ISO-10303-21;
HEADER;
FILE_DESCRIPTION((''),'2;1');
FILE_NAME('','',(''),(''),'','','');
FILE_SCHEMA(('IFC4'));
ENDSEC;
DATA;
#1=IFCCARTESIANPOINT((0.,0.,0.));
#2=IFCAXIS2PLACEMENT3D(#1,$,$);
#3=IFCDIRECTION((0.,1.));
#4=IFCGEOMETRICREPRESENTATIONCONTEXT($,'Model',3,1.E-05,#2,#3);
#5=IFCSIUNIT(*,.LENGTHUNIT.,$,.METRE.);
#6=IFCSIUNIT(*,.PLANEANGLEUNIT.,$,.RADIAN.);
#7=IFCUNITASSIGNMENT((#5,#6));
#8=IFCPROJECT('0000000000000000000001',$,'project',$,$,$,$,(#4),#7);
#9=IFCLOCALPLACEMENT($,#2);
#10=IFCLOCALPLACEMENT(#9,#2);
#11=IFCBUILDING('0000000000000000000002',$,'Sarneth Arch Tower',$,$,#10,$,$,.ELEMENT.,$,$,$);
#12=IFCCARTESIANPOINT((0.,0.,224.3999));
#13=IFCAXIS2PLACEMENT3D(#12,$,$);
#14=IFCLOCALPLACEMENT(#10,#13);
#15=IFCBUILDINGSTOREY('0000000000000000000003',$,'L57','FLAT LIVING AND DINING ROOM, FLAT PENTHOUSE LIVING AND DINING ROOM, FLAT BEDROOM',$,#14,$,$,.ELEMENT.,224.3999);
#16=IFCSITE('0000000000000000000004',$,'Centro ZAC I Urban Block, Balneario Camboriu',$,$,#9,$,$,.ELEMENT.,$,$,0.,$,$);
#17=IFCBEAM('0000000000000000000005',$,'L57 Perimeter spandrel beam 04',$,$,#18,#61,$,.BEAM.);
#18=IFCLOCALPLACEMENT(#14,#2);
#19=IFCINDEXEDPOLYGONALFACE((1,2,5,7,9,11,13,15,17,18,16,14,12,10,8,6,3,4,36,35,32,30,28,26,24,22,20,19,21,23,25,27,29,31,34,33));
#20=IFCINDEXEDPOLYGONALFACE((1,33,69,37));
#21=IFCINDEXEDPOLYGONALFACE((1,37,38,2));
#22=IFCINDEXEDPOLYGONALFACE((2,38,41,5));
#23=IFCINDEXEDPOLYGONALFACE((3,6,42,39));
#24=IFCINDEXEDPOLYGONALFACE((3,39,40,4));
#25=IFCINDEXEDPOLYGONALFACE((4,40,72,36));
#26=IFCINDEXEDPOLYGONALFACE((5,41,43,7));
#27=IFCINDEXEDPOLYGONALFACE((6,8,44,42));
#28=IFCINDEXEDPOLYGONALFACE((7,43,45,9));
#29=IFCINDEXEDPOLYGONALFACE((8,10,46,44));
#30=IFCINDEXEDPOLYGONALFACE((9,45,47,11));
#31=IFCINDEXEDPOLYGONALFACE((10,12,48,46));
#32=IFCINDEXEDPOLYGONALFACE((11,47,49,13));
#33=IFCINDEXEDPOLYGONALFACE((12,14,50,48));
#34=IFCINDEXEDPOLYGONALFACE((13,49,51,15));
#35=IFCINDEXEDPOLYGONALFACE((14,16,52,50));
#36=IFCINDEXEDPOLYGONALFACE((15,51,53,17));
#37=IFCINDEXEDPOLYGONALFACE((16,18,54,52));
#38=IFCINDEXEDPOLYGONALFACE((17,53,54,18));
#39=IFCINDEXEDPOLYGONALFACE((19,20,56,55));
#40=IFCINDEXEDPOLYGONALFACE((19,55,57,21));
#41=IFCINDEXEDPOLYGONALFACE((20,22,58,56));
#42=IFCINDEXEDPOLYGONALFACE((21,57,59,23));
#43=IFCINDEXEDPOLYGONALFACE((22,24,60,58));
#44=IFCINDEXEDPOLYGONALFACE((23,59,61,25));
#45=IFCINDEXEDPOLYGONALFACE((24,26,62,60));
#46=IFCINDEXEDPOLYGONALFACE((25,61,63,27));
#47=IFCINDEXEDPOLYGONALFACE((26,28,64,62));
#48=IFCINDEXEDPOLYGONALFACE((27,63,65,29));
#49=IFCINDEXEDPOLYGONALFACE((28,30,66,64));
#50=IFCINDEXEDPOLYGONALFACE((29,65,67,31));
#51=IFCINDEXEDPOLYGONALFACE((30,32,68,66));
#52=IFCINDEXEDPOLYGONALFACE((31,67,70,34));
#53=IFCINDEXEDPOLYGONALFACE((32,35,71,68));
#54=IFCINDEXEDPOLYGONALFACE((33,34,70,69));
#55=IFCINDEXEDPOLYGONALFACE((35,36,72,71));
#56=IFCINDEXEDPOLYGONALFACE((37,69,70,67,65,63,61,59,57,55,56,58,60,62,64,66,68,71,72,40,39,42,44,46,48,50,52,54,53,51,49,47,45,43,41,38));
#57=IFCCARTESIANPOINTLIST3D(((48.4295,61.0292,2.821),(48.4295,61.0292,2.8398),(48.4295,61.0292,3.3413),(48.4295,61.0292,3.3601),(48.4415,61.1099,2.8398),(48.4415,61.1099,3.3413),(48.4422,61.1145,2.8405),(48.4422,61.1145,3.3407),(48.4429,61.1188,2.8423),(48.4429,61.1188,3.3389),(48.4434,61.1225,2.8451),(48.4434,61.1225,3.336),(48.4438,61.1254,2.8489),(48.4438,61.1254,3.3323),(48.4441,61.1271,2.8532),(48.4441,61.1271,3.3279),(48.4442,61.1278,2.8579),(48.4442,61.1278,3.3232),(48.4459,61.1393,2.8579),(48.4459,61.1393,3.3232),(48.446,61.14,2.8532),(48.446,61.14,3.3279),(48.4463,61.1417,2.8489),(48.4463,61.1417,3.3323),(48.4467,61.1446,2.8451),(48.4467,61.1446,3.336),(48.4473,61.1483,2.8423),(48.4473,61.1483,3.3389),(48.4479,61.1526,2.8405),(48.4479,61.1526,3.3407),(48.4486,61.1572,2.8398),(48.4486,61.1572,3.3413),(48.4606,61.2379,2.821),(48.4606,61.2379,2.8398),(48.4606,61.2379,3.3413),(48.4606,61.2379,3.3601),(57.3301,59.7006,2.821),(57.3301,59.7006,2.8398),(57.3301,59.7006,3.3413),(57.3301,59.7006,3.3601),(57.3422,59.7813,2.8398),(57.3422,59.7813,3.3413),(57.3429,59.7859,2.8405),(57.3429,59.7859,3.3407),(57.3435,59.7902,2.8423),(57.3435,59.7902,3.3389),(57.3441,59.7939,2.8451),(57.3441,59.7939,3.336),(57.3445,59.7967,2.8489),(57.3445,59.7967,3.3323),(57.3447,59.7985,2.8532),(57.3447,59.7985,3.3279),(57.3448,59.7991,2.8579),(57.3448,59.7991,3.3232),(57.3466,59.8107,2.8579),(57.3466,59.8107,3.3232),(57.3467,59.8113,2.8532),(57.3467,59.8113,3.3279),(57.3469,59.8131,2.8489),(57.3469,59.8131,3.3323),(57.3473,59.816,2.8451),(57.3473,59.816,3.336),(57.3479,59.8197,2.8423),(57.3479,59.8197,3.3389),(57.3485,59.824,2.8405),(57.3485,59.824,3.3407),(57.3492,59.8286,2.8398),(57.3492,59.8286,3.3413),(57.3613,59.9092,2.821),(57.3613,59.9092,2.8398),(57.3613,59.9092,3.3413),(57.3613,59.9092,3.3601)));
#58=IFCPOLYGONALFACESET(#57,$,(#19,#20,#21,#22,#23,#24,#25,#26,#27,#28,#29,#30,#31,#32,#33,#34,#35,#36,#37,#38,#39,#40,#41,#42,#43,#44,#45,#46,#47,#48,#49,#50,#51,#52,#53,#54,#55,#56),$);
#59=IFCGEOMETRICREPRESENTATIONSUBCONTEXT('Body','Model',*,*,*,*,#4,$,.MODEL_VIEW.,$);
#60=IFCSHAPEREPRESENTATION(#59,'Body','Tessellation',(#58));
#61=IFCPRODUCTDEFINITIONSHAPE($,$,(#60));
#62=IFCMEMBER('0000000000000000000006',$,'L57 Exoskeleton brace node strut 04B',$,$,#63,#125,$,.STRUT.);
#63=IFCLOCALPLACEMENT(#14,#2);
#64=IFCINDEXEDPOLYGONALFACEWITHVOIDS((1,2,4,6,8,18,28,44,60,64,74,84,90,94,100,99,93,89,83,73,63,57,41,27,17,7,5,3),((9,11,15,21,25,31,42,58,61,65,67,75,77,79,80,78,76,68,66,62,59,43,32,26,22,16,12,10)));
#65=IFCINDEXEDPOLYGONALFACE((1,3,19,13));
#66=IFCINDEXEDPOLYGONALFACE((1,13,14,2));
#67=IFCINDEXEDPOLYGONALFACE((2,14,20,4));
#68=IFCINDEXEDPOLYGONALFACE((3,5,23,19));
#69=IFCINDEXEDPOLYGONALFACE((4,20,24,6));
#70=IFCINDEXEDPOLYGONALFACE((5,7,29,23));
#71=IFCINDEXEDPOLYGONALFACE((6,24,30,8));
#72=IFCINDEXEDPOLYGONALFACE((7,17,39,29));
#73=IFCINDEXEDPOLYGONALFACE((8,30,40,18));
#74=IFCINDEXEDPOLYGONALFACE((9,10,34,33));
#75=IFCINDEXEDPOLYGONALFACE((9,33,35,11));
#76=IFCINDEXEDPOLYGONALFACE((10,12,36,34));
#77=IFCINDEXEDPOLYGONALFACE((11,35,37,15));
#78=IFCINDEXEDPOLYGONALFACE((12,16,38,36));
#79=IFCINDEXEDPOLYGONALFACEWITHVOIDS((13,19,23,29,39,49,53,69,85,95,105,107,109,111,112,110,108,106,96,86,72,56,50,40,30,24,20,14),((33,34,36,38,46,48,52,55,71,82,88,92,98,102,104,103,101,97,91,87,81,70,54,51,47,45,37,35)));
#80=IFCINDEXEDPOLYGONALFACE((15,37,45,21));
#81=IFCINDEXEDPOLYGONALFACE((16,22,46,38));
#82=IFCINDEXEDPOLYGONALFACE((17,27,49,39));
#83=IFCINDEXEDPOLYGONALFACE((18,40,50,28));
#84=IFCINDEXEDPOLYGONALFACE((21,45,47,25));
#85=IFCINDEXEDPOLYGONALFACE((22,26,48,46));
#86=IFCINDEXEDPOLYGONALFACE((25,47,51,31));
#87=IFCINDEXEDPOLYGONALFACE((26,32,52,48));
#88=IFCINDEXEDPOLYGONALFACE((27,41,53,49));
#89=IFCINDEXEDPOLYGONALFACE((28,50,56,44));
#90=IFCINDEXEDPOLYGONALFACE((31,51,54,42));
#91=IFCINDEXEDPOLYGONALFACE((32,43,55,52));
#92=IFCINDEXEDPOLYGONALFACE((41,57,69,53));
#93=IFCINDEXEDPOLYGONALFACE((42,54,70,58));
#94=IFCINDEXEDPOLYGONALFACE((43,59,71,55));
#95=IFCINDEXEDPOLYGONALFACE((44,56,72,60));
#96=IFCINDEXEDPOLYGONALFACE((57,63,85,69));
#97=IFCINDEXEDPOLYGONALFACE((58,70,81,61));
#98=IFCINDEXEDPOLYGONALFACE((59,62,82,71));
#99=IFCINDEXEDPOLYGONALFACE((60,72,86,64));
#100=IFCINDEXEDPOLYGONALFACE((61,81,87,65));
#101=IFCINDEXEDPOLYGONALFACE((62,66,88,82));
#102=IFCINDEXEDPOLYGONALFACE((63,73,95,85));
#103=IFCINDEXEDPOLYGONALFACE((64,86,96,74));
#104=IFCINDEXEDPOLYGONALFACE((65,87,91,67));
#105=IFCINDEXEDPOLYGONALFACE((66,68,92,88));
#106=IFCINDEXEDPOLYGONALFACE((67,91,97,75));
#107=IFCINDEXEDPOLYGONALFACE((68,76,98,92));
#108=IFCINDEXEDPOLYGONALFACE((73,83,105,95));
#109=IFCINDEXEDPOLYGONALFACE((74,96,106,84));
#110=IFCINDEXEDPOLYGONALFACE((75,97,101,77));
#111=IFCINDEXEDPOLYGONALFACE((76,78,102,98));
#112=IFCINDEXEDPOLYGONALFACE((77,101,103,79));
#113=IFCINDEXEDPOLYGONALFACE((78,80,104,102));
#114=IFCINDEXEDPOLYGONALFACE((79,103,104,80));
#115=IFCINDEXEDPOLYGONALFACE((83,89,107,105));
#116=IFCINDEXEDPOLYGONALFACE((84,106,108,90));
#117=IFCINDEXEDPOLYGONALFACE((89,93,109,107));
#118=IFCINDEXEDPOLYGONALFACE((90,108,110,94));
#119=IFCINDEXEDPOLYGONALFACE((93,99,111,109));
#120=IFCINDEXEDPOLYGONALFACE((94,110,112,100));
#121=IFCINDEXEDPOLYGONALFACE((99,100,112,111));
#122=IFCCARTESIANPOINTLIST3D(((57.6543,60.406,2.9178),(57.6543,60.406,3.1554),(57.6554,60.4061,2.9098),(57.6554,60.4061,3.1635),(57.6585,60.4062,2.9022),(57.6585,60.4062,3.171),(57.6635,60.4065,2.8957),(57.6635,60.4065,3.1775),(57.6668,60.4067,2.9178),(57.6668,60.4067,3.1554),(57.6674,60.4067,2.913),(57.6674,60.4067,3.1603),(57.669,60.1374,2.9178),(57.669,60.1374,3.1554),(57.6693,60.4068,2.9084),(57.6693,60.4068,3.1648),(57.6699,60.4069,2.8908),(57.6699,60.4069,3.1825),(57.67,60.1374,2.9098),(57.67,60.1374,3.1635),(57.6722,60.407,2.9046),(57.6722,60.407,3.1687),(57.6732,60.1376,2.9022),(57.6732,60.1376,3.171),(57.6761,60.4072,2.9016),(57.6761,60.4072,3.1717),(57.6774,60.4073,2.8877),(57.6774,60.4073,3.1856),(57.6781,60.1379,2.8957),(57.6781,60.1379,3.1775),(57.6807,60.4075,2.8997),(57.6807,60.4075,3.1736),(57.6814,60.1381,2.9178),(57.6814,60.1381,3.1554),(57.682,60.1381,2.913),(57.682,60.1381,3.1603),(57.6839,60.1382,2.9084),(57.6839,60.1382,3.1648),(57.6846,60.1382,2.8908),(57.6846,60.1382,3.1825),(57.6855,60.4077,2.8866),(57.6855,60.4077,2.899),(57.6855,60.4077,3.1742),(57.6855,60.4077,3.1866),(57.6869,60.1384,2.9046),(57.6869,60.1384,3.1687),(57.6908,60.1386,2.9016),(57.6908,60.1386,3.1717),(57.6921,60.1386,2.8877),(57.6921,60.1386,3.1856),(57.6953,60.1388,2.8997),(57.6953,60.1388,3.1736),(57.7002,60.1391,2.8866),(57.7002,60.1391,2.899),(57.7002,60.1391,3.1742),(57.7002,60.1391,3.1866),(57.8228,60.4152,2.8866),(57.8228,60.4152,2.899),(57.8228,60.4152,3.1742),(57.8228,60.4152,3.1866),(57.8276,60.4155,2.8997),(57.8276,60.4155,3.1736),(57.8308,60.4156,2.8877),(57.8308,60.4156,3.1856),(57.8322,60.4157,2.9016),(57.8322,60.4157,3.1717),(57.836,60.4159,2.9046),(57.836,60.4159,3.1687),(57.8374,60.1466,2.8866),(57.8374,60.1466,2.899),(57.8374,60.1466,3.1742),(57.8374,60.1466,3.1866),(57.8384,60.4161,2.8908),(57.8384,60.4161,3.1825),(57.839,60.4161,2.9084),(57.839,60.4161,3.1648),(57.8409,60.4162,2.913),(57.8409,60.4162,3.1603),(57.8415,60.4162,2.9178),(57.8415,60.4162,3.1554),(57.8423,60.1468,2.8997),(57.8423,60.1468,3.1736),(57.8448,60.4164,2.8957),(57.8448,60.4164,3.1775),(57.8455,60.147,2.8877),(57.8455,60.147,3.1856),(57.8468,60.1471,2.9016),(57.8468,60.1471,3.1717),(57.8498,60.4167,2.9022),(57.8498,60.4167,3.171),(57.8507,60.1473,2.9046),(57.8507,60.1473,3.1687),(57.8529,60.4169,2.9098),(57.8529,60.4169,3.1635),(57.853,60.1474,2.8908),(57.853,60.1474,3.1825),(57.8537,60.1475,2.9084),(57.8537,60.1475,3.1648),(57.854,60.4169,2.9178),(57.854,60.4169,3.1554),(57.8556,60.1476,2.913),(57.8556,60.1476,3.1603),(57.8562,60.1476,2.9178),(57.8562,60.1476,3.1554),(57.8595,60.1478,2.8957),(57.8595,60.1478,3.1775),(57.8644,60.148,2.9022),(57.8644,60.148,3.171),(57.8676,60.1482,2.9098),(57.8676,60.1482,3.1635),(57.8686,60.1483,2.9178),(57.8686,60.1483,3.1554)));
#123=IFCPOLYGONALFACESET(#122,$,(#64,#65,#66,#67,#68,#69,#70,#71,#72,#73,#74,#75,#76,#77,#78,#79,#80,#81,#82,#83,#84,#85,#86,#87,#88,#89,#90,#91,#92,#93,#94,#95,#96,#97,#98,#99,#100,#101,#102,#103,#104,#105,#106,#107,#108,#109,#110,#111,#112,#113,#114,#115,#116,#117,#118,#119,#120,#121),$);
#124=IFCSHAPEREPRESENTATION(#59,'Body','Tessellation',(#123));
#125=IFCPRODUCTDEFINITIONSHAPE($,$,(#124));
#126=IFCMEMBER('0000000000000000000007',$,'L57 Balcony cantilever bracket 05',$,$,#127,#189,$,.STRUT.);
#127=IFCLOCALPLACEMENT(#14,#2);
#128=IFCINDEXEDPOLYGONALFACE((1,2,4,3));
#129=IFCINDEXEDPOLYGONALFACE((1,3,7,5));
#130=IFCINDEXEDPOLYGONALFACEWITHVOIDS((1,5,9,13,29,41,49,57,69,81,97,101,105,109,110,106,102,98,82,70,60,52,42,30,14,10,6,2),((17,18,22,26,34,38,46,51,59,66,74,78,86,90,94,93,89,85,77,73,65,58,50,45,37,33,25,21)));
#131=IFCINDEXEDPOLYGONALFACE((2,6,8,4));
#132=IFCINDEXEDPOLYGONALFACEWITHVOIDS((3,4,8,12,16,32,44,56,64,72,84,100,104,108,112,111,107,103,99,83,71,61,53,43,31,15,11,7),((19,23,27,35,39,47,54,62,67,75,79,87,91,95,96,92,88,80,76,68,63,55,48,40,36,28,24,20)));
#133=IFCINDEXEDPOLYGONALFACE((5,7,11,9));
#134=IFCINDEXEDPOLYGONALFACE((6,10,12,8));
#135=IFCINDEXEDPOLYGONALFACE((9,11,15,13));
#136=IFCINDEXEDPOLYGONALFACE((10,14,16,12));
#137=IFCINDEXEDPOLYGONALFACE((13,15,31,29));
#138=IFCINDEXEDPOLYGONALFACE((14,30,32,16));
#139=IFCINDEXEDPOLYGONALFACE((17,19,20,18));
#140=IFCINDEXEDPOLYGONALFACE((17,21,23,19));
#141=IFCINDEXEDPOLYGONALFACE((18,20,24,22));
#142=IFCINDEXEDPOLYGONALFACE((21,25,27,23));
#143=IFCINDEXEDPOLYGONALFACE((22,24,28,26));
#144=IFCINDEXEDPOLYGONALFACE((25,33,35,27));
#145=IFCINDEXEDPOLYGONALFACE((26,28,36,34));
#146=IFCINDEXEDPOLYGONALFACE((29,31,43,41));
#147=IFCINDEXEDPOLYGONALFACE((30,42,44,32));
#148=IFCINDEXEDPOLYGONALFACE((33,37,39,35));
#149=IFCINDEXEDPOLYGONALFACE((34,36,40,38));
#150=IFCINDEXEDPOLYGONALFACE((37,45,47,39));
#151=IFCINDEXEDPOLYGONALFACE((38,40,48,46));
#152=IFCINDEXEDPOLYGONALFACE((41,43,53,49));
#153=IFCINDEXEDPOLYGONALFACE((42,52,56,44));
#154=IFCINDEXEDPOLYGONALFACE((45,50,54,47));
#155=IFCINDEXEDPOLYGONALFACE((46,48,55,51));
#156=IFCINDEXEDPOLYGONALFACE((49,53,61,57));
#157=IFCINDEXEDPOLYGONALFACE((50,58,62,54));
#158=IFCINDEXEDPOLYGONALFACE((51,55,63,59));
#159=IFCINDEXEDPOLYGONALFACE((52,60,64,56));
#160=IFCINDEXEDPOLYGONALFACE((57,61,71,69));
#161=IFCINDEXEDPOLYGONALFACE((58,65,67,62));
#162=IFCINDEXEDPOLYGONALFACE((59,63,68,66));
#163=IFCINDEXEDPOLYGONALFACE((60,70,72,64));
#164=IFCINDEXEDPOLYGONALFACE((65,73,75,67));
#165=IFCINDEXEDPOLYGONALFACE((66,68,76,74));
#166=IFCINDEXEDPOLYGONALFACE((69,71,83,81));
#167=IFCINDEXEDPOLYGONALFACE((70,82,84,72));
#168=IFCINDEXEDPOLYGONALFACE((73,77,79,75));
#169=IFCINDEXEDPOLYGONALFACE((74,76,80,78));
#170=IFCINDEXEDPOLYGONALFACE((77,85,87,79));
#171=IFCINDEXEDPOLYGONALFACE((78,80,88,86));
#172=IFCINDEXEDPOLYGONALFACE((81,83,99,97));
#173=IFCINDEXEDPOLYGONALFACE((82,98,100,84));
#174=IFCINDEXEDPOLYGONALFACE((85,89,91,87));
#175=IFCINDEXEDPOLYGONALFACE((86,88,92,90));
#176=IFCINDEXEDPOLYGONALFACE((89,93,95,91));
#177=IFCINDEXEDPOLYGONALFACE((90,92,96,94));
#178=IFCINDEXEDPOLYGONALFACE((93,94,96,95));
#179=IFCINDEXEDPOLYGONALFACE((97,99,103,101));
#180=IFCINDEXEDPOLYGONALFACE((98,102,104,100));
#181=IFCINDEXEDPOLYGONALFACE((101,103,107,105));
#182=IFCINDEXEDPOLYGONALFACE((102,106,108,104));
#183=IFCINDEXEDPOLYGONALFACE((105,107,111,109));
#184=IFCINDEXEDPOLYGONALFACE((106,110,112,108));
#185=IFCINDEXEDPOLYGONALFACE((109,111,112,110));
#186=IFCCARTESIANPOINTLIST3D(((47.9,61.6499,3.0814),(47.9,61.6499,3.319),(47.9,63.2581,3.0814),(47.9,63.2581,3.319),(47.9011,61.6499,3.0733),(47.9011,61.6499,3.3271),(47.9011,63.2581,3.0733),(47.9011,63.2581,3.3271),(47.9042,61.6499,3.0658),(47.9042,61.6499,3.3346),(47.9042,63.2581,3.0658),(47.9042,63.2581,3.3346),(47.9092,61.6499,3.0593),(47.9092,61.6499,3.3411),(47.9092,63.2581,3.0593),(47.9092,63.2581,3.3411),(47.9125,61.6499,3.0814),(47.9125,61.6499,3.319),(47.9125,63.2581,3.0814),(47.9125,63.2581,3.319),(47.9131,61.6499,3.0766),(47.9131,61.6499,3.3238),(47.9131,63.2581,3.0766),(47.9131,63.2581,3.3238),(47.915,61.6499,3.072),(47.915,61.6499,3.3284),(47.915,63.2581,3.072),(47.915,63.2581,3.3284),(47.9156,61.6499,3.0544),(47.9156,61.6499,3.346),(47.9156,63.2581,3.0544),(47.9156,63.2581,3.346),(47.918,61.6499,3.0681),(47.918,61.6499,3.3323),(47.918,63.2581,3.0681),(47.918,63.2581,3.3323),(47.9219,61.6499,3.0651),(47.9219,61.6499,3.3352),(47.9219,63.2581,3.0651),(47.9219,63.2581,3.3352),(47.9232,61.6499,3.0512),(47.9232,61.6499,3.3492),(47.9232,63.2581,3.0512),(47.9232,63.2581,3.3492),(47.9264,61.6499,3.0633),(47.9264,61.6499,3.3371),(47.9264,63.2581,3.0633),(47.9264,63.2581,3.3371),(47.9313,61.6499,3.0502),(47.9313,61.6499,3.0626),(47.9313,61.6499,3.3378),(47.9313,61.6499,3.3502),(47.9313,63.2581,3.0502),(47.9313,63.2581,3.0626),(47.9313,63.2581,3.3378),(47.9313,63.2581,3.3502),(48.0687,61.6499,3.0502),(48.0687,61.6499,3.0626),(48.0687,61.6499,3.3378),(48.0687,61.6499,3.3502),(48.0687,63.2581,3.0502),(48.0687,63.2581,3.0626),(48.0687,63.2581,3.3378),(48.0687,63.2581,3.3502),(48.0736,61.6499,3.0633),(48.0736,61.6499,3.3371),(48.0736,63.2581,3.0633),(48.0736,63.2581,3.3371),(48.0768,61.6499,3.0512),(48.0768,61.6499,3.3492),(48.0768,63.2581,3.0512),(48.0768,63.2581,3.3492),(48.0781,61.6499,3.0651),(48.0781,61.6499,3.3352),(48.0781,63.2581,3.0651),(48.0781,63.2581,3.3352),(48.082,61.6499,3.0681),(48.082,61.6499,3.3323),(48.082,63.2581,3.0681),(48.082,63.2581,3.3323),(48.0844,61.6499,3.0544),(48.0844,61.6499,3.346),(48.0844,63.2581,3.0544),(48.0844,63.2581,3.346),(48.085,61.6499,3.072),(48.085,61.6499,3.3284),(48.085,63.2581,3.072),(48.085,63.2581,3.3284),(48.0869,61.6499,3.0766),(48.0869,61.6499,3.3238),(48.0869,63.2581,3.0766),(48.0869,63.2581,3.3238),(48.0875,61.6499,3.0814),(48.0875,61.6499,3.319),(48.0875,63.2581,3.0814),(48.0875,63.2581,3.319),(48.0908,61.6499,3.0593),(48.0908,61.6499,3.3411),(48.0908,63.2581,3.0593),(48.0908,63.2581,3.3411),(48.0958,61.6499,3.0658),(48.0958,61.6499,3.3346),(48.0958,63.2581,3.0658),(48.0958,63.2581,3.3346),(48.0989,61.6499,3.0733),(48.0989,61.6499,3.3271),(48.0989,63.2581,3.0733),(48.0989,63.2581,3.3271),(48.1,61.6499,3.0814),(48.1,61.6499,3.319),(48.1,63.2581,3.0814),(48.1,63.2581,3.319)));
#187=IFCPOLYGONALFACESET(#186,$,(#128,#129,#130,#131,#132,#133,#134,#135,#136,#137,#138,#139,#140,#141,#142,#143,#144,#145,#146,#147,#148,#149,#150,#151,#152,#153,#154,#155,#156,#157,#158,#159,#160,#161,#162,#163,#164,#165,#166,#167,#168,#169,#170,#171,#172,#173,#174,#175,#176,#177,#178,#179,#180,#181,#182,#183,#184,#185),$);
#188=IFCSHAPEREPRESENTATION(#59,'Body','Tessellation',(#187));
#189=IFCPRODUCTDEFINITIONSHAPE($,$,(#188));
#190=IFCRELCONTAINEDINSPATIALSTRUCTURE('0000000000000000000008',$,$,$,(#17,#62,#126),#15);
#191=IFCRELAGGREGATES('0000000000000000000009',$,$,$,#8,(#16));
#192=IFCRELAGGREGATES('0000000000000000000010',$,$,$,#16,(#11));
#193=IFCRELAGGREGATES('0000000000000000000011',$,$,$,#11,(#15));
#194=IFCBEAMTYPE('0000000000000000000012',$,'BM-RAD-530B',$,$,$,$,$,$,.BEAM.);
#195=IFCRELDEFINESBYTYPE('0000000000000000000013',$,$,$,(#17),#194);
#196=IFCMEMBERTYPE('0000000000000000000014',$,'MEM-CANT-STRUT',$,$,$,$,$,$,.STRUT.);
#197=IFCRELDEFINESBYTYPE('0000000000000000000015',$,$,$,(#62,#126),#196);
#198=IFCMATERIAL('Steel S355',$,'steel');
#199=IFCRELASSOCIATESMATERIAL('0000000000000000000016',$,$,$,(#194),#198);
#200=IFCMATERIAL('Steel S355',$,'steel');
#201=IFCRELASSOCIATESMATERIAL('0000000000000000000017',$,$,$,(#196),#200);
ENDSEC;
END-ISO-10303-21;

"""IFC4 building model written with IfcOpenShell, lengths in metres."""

from ifc_helpers import new_model, si_unit, direction, frame, origin, origin_2d, place, context, subcontext, project, spatial, hollow_rectangle, i_section, extrude, material, material_profile, profile_set, type_object, element, save


model = new_model("IFC4")

# Units and contexts
model_context = context("Model", 3, precision=1e-05, world=origin(), true_north=direction((0.0, 1.0)))
body_context = subcontext(model_context, "Body", "Model", "MODEL_VIEW")
ifc_project = project(units=[si_unit("LENGTHUNIT", "METRE"), si_unit("PLANEANGLEUNIT", "RADIAN")], contexts=[model_context])

# Site, building, storey
site_placement = place(None, origin())
site = spatial("IfcSite", under=ifc_project, at=site_placement, Name="Centro ZAC I Urban Block, Balneario Camboriu", CompositionType="ELEMENT", RefElevation=0.0)
building_placement = place(site_placement, origin())
building = spatial("IfcBuilding", under=site, at=building_placement, Name="Sarneth Arch Tower", CompositionType="ELEMENT")
storey_placement = place(building_placement, frame((0.0, 0.0, 224.3999)))
storey = spatial("IfcBuildingStorey", under=building, at=storey_placement, Name="L57", Description="FLAT LIVING AND DINING ROOM, FLAT PENTHOUSE LIVING AND DINING ROOM, FLAT BEDROOM", CompositionType="ELEMENT", Elevation=224.3999)

# Beam
ifc_material_1 = material(Name="Steel S355", Category="steel")
ifc_material_profile_1 = material_profile(ifc_material_1, i_section(OverallWidth=0.2109, OverallDepth=0.5391, WebThickness=0.0117, FlangeThickness=0.0188, FilletRadius=0.0181, at=origin_2d()), Name="W530x109")
ifc_profile_set_1 = profile_set([ifc_material_profile_1], Name="Steel S355")
beam_type = type_object("IfcBeamType", Name="BM-RAD-530B", PredefinedType="BEAM", material=ifc_profile_set_1)
beam_placement = place(storey_placement, frame((57.3457, 59.8049, 3.0906), z_axis=(-0.989042, 0.147636, 0.0), x_axis=(-0.147636, -0.989042, 0.0)))
element("IfcBeam", 1, at=beam_placement, inside=storey, type_object=beam_type, Name="L57 Perimeter spandrel beam 04", PredefinedType="BEAM", context=body_context, shape_type="SweptSolid", body=[
    extrude(i_section(OverallWidth=0.2109, OverallDepth=0.5391, WebThickness=0.0117, FlangeThickness=0.0188, FilletRadius=0.0181, at=origin_2d()), origin(), (0.0, 0.0, 1.0), 8.9993),
])

# Members
ifc_material_2 = material(Name="Steel S355", Category="steel")
ifc_material_profile_2 = material_profile(ifc_material_2, hollow_rectangle(XDim=0.2, YDim=0.3, WallThickness=0.0125, InnerFilletRadius=0.0188, OuterFilletRadius=0.0312, at=origin_2d()), Name="RHS300x200x12.5")
ifc_profile_set_2 = profile_set([ifc_material_profile_2], Name="Steel S355")
member_type_1 = type_object("IfcMemberType", Name="MEM-CANT-STRUT", PredefinedType="STRUT", material=ifc_profile_set_2)
member_1_placement = place(storey_placement, frame((57.7688, 60.1428, 3.0366), z_axis=(-0.054464, 0.998516, 0.0), x_axis=(-0.998516, -0.054464, 0.0)))
element("IfcMember", 2, at=member_1_placement, inside=storey, type_object=member_type_1, Name="L57 Exoskeleton brace node strut 04B", PredefinedType="STRUT", context=body_context, shape_type="SweptSolid", body=[
    extrude(hollow_rectangle(XDim=0.2, YDim=0.3, WallThickness=0.0125, InnerFilletRadius=0.0188, OuterFilletRadius=0.0312, at=origin_2d()), origin(), (0.0, 0.0, 1.0), 0.269),
])
member_2_placement = place(storey_placement, frame((48.0, 61.6499, 3.2002), z_axis=(0.0, 1.0, 0.0), x_axis=(-1.0, 0.0, 0.0)))
element("IfcMember", 3, at=member_2_placement, inside=storey, type_object=member_type_1, Name="L57 Balcony cantilever bracket 05", PredefinedType="STRUT", context=body_context, shape_type="SweptSolid", body=[
    extrude(hollow_rectangle(XDim=0.2, YDim=0.3, WallThickness=0.0125, InnerFilletRadius=0.0188, OuterFilletRadius=0.0312, at=origin_2d()), origin(), (0.0, 0.0, 1.0), 1.6082),
])

save(model, "model.ifc")
